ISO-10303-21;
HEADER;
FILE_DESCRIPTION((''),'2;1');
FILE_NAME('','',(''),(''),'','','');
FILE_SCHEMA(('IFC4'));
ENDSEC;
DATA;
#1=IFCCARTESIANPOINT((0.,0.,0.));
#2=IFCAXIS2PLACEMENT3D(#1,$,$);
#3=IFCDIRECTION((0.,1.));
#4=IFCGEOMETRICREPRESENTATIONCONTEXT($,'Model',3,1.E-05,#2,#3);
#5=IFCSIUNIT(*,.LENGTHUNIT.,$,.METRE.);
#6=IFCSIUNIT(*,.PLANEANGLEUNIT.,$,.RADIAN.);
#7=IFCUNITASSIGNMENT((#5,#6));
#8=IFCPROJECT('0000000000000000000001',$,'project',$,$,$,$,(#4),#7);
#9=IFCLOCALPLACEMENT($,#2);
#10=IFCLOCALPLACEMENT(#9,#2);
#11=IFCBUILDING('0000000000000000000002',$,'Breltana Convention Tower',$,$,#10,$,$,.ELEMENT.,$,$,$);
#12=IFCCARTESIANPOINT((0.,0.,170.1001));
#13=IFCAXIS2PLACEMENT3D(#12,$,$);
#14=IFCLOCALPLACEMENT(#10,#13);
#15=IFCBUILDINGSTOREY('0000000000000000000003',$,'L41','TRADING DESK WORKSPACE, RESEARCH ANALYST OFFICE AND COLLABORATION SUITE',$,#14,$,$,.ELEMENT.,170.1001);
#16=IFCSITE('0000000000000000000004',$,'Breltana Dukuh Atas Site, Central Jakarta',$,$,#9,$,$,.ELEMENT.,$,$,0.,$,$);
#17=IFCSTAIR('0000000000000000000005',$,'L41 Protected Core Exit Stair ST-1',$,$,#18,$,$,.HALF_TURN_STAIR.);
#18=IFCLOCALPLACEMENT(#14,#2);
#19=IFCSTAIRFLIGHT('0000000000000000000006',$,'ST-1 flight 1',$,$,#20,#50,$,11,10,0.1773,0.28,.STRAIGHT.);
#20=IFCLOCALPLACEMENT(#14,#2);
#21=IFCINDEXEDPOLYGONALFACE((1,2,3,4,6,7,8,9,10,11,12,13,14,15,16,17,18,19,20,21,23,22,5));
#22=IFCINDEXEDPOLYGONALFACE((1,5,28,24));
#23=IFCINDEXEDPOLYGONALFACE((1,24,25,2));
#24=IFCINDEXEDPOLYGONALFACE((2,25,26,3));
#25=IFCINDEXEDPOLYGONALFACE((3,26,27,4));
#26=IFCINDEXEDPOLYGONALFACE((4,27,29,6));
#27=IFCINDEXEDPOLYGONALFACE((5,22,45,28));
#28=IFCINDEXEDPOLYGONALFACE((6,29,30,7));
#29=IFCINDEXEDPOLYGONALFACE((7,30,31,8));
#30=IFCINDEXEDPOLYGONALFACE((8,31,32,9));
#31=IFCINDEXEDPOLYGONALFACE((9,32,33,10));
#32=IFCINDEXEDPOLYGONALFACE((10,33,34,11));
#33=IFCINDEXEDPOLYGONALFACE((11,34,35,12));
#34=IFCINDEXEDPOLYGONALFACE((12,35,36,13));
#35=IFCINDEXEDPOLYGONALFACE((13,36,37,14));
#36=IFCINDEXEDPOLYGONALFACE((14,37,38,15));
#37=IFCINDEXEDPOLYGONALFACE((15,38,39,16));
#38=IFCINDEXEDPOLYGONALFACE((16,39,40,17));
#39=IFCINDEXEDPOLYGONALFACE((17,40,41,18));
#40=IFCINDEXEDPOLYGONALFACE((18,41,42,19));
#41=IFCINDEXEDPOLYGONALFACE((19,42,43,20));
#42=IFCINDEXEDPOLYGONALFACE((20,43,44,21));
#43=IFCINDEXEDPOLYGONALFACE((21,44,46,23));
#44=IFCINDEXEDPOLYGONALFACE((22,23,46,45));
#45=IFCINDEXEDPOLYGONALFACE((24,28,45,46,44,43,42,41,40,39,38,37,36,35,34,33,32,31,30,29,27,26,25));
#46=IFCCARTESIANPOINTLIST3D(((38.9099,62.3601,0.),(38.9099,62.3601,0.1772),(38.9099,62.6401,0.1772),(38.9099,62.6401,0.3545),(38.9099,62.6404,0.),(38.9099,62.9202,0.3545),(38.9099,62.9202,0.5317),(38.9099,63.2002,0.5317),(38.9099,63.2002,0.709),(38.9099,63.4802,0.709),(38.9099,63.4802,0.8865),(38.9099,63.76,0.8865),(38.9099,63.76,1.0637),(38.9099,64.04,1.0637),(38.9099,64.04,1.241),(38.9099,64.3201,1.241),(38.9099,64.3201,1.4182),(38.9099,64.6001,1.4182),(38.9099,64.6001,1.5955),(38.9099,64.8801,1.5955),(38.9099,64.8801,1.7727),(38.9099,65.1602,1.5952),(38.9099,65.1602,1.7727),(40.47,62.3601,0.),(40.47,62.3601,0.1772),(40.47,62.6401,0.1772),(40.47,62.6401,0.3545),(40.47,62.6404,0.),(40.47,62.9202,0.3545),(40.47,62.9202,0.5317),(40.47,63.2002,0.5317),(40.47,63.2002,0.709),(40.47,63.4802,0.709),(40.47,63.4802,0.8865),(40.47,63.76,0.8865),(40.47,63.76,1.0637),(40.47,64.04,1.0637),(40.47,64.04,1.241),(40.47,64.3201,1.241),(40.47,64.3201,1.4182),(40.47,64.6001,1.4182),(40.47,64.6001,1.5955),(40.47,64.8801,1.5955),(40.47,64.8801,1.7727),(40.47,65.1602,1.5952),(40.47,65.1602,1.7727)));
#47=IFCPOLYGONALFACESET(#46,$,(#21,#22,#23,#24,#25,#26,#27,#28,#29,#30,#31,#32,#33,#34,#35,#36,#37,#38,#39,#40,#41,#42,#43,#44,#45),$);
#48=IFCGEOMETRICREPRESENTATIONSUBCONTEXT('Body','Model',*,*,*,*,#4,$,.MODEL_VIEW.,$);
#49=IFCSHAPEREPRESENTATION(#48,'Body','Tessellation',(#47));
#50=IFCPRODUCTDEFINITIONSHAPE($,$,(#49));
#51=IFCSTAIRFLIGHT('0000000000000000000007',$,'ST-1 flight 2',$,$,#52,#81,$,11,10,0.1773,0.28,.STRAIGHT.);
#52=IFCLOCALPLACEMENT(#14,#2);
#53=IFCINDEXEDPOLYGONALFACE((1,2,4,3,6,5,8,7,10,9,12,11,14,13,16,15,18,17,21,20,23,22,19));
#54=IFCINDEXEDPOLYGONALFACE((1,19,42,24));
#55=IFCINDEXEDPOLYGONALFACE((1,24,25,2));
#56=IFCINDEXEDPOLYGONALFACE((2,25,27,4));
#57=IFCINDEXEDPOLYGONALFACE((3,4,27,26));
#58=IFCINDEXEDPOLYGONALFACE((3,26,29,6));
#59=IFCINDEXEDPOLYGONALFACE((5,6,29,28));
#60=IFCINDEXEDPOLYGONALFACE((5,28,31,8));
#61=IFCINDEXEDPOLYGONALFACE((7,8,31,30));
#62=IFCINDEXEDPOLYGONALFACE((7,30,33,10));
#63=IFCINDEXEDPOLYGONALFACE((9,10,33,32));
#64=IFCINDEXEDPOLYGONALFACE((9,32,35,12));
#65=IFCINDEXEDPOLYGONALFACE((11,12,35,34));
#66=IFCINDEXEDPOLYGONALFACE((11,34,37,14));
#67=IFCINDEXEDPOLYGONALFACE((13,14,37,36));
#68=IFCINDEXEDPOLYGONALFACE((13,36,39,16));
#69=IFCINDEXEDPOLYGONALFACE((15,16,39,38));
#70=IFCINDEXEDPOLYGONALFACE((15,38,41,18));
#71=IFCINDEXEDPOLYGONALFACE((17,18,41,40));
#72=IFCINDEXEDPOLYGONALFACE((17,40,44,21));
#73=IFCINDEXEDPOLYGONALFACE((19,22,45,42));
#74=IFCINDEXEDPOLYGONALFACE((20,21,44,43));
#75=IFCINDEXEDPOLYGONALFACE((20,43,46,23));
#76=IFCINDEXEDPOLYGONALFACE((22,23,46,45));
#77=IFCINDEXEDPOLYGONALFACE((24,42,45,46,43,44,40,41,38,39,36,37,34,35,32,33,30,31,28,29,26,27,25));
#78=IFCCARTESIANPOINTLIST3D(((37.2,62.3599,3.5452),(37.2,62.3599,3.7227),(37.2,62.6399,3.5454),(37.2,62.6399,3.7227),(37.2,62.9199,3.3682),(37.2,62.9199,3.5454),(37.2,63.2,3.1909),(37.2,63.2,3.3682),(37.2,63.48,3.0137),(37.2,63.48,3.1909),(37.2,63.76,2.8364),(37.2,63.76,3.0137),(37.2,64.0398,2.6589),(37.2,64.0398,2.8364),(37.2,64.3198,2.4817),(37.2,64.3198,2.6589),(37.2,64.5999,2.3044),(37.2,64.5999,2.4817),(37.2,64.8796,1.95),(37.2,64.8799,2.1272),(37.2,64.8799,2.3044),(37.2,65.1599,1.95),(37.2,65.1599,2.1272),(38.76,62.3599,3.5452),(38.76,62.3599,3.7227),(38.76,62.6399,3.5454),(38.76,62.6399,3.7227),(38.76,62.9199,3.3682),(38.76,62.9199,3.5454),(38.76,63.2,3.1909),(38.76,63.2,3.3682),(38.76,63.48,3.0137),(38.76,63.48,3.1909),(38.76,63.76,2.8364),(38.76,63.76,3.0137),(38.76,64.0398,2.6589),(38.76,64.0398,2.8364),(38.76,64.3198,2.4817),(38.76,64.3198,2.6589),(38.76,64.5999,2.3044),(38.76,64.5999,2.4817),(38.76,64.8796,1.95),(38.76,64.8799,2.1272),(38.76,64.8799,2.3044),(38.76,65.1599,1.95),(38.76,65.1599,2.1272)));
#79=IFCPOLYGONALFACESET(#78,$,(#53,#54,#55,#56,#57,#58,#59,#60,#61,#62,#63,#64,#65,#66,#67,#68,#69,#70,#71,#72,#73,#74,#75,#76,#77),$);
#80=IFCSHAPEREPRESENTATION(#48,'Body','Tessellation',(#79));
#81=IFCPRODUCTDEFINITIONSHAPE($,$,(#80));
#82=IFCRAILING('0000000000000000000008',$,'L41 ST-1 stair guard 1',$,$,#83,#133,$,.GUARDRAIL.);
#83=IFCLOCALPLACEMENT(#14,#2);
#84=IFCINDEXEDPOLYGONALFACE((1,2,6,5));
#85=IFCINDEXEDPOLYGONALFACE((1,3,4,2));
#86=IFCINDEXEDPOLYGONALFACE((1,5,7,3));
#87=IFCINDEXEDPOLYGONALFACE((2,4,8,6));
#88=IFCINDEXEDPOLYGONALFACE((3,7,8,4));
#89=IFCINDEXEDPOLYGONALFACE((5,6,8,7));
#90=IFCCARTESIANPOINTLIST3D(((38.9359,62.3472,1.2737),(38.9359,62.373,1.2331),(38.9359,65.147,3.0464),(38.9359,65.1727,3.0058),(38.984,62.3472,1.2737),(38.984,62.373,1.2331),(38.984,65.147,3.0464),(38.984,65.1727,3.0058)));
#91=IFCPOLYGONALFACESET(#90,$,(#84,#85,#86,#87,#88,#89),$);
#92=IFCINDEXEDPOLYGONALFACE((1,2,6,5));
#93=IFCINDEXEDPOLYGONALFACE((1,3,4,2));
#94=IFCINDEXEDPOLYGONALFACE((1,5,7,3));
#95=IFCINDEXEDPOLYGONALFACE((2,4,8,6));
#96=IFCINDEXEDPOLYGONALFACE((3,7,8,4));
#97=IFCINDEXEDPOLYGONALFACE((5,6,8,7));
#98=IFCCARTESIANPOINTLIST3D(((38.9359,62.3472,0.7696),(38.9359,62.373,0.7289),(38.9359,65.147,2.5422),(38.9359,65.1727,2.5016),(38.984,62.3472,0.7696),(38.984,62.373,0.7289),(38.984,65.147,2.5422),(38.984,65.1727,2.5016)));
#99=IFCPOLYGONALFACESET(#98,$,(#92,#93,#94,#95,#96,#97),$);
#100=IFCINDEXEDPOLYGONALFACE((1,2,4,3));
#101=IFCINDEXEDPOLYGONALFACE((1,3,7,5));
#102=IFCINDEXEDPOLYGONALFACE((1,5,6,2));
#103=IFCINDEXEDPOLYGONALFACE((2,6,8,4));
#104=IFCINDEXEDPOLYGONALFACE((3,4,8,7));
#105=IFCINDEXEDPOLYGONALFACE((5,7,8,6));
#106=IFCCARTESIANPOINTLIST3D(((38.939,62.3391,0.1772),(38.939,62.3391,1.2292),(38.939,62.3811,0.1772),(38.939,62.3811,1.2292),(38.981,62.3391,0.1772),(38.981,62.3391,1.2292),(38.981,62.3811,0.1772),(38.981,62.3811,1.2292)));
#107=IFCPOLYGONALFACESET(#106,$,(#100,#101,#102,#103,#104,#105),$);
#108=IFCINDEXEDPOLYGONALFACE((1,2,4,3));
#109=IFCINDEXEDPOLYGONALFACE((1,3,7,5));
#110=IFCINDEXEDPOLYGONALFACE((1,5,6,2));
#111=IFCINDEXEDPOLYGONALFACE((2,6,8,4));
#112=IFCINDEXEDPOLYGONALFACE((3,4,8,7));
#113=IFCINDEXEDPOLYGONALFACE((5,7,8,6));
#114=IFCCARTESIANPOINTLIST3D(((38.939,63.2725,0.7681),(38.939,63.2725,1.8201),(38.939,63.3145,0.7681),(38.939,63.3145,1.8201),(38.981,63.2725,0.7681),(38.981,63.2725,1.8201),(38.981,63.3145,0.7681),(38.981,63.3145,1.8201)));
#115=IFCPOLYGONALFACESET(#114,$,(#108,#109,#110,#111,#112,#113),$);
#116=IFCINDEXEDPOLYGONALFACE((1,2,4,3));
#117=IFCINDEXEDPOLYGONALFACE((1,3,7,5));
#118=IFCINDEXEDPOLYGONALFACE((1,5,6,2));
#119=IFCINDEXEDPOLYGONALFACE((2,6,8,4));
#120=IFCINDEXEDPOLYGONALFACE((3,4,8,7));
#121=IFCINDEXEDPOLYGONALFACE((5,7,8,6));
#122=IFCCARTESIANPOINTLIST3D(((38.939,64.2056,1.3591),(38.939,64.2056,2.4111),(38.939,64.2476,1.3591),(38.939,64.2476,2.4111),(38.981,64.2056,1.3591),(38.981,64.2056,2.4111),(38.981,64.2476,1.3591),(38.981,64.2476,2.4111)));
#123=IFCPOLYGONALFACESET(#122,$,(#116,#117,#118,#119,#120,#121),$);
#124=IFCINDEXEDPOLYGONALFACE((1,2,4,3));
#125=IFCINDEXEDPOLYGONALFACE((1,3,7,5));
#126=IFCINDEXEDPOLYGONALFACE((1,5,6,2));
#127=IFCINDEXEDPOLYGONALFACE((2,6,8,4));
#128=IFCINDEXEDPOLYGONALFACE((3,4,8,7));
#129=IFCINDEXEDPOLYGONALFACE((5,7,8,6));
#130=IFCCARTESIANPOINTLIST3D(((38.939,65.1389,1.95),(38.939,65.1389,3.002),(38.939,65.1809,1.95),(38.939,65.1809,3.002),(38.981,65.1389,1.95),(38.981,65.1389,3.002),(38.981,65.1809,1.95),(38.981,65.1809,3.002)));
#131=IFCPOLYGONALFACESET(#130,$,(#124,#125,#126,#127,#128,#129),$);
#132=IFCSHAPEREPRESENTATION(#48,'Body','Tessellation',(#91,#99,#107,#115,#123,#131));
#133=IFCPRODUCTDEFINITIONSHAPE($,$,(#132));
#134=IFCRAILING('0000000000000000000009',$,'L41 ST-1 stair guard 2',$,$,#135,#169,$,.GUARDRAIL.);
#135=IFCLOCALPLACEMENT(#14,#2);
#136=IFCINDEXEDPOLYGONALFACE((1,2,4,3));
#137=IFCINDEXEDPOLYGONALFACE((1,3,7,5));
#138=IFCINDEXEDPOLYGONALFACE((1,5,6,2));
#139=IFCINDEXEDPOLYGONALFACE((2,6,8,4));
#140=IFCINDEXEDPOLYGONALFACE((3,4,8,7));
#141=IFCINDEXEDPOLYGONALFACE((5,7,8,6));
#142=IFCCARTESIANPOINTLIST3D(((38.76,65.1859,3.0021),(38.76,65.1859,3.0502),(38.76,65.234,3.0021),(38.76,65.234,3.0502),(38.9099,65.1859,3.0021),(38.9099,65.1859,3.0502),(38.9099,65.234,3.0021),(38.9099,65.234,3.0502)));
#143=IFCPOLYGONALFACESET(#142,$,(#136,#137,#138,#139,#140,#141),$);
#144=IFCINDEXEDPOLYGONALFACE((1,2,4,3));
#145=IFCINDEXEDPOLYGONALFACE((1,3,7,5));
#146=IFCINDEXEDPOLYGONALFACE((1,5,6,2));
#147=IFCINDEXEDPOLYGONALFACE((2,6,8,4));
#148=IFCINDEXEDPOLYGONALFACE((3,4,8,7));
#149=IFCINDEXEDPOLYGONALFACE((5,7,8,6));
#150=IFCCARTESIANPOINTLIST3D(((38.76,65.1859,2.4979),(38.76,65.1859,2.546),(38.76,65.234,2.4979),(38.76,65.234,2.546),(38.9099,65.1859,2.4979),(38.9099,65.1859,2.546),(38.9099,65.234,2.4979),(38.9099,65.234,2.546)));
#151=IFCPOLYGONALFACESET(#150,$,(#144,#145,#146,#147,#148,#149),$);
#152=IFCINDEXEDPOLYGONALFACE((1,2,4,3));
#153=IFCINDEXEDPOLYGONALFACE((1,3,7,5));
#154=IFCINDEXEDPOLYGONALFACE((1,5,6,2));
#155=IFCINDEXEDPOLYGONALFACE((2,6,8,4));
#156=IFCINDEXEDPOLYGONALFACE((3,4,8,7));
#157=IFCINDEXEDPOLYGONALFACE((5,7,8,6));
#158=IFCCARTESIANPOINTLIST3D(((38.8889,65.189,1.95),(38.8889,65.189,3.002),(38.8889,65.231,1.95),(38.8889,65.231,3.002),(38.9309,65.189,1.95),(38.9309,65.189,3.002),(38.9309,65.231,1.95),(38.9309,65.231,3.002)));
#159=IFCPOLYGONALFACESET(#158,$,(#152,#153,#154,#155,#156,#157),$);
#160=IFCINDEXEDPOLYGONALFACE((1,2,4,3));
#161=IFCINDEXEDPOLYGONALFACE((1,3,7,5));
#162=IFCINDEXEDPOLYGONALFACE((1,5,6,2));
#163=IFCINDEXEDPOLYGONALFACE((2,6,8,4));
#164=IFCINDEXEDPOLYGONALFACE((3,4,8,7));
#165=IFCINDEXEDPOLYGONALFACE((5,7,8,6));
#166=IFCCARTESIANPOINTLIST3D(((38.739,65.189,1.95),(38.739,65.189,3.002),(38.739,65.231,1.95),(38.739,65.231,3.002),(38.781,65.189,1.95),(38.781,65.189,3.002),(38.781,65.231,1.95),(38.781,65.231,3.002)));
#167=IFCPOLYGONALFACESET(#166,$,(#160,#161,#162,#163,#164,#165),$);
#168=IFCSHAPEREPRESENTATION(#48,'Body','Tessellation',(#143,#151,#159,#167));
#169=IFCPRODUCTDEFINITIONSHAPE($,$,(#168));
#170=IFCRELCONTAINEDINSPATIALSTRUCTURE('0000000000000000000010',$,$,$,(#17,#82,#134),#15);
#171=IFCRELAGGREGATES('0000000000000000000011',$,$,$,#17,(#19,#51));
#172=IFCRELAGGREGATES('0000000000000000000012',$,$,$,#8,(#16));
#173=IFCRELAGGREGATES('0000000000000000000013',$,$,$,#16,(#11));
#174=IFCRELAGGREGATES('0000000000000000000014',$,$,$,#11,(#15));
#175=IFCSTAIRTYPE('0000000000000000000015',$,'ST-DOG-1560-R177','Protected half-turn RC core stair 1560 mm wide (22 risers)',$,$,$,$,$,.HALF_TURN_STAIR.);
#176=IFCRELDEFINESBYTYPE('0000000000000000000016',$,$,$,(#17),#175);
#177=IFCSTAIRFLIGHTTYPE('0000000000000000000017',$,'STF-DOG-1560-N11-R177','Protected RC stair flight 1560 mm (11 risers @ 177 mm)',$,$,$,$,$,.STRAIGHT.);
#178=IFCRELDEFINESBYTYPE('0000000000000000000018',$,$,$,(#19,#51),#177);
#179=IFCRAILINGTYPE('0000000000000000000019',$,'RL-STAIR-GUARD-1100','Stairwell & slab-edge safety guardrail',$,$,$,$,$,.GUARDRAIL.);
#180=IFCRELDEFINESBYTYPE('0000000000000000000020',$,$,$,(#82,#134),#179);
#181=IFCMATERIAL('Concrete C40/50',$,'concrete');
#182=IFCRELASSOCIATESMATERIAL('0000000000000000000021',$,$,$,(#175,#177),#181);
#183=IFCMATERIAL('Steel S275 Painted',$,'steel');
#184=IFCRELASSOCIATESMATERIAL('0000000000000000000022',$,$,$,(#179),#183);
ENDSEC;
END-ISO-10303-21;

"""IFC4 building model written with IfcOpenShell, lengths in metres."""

from ifc_helpers import new_model, si_unit, direction, frame, origin, origin_2d, place, context, subcontext, project, spatial, polyline, rectangle, outline, extrude, material, type_object, element, aggregate, save


model = new_model("IFC4")

# Units and contexts
model_context = context("Model", 3, precision=1e-05, world=origin(), true_north=direction((0.0, 1.0)))
body_context = subcontext(model_context, "Body", "Model", "MODEL_VIEW")
ifc_project = project(units=[si_unit("LENGTHUNIT", "METRE"), si_unit("PLANEANGLEUNIT", "RADIAN")], contexts=[model_context])

# Site, building, storey
site_placement = place(None, origin())
site = spatial("IfcSite", under=ifc_project, at=site_placement, Name="Breltana Dukuh Atas Site, Central Jakarta", CompositionType="ELEMENT", RefElevation=0.0)
building_placement = place(site_placement, origin())
building = spatial("IfcBuilding", under=site, at=building_placement, Name="Breltana Convention Tower", CompositionType="ELEMENT")
storey_placement = place(building_placement, frame((0.0, 0.0, 170.1001)))
storey = spatial("IfcBuildingStorey", under=building, at=storey_placement, Name="L41", Description="TRADING DESK WORKSPACE, RESEARCH ANALYST OFFICE AND COLLABORATION SUITE", CompositionType="ELEMENT", Elevation=170.1001)

# Stair, stair flights
ifc_material_1 = material(Name="Concrete C40/50", Category="concrete")
stair_type = type_object("IfcStairType", Name="ST-DOG-1560-R177", Description="Protected half-turn RC core stair 1560 mm wide (22 risers)", PredefinedType="HALF_TURN_STAIR", material=ifc_material_1)
stair_placement = place(storey_placement, origin())
stair = element("IfcStair", 1, at=stair_placement, inside=storey, type_object=stair_type, Name="L41 Protected Core Exit Stair ST-1", PredefinedType="HALF_TURN_STAIR")
stair_flight_type = type_object("IfcStairFlightType", Name="STF-DOG-1560-N11-R177", Description="Protected RC stair flight 1560 mm (11 risers @ 177 mm)", PredefinedType="STRAIGHT", material=ifc_material_1)
stair_flight_1_placement = place(storey_placement, frame((39.6899, 62.3601, 0.0), z_axis=(0.0, 0.0, 1.0), x_axis=(0.0, 1.0, 0.0)))
stair_flight_1 = element("IfcStairFlight", 2, at=stair_flight_1_placement, type_object=stair_flight_type, Name="ST-1 flight 1", NumberOfRisers=11, NumberOfTreads=10, PredefinedType="STRAIGHT", RiserHeight=0.1773, TreadLength=0.28, context=body_context, shape_type="SweptSolid", body=[
    extrude(outline(polyline([(0.0, 0.0), (0.0, 0.1772), (0.28, 0.1772), (0.28, 0.3545), (0.5601, 0.3545), (0.5601, 0.5317), (0.8401, 0.5317), (0.8401, 0.709), (1.1201, 0.709), (1.1201, 0.8865), (1.3999, 0.8865), (1.3999, 1.0637), (1.6799, 1.0637), (1.6799, 1.241), (1.96, 1.241), (1.96, 1.4182), (2.24, 1.4182), (2.24, 1.5955), (2.52, 1.5955), (2.52, 1.7727), (2.8, 1.7727), (2.8, 1.95), (2.8, 1.5952), (0.2803, 0.0), (0.0, 0.0)])), frame((0.0, 0.78, 0.0), z_axis=(0.0, -1.0, 0.0), x_axis=(1.0, 0.0, 0.0)), (0.0, 0.0, 1.0), 1.5601),
])
stair_flight_2_placement = place(storey_placement, frame((37.98, 65.1599, 1.95), z_axis=(0.0, 0.0, 1.0), x_axis=(0.0, -1.0, 0.0)))
stair_flight_2 = element("IfcStairFlight", 3, at=stair_flight_2_placement, type_object=stair_flight_type, Name="ST-1 flight 2", NumberOfRisers=11, NumberOfTreads=10, PredefinedType="STRAIGHT", RiserHeight=0.1773, TreadLength=0.28, context=body_context, shape_type="SweptSolid", body=[
    extrude(outline(polyline([(0.0, 0.0), (0.0, 0.1772), (0.28, 0.1772), (0.28, 0.3545), (0.5601, 0.3545), (0.5601, 0.5317), (0.8401, 0.5317), (0.8401, 0.709), (1.1201, 0.709), (1.1201, 0.8865), (1.3999, 0.8865), (1.3999, 1.0637), (1.6799, 1.0637), (1.6799, 1.241), (1.96, 1.241), (1.96, 1.4182), (2.24, 1.4182), (2.24, 1.5955), (2.52, 1.5955), (2.52, 1.7727), (2.8, 1.7727), (2.8, 1.95), (2.8, 1.5952), (0.2803, 0.0), (0.0, 0.0)])), frame((0.0, 0.78, 0.0), z_axis=(0.0, -1.0, 0.0), x_axis=(1.0, 0.0, 0.0)), (0.0, 0.0, 1.0), 1.5601),
])
aggregate(stair, [stair_flight_1, stair_flight_2])

# Railings
ifc_material_2 = material(Name="Steel S275 Painted", Category="steel")
railing_type_1 = type_object("IfcRailingType", Name="RL-STAIR-GUARD-1100", Description="Stairwell & slab-edge safety guardrail", PredefinedType="GUARDRAIL", material=ifc_material_2)
railing_1_placement = place(storey_placement, frame((38.96, 62.3601, 0.1772)))
element("IfcRailing", 4, at=railing_1_placement, inside=storey, type_object=railing_type_1, Name="L41 ST-1 stair guard 1", PredefinedType="GUARDRAIL", context=body_context, shape_type="SweptSolid", body=[
    extrude(rectangle(XDim=0.0481, YDim=0.0481, at=origin_2d()), frame((0.0, 0.0, 1.0762), z_axis=(0.0, 0.844888, 0.534943), x_axis=(-1.0, 0.0, 0.0)), (0.0, 0.0, 1.0), 3.3137),
    extrude(rectangle(XDim=0.0481, YDim=0.0481, at=origin_2d()), frame((0.0, 0.0, 0.572), z_axis=(0.0, 0.844888, 0.534943), x_axis=(-1.0, 0.0, 0.0)), (0.0, 0.0, 1.0), 3.3137),
    extrude(rectangle(XDim=0.042, YDim=0.042, at=origin_2d()), origin(), (0.0, 0.0, 1.0), 1.052),
    extrude(rectangle(XDim=0.042, YDim=0.042, at=origin_2d()), frame((0.0, 0.9333, 0.5908)), (0.0, 0.0, 1.0), 1.052),
    extrude(rectangle(XDim=0.042, YDim=0.042, at=origin_2d()), frame((0.0, 1.8665, 1.1819)), (0.0, 0.0, 1.0), 1.052),
    extrude(rectangle(XDim=0.042, YDim=0.042, at=origin_2d()), frame((0.0, 2.7998, 1.7727)), (0.0, 0.0, 1.0), 1.052),
])
railing_2_placement = place(storey_placement, frame((38.9099, 65.21, 1.95)))
element("IfcRailing", 5, at=railing_2_placement, inside=storey, type_object=railing_type_1, Name="L41 ST-1 stair guard 2", PredefinedType="GUARDRAIL", context=body_context, shape_type="SweptSolid", body=[
    extrude(rectangle(XDim=0.0481, YDim=0.0481, at=origin_2d()), frame((0.0, 0.0, 1.0762), z_axis=(-1.0, 0.0, 0.0), x_axis=(0.0, -1.0, 0.0)), (0.0, 0.0, 1.0), 0.1499),
    extrude(rectangle(XDim=0.0481, YDim=0.0481, at=origin_2d()), frame((0.0, 0.0, 0.572), z_axis=(-1.0, 0.0, 0.0), x_axis=(0.0, -1.0, 0.0)), (0.0, 0.0, 1.0), 0.1499),
    extrude(rectangle(XDim=0.042, YDim=0.042, at=origin_2d()), origin(), (0.0, 0.0, 1.0), 1.052),
    extrude(rectangle(XDim=0.042, YDim=0.042, at=origin_2d()), frame((-0.1499, 0.0, 0.0)), (0.0, 0.0, 1.0), 1.052),
])

save(model, "model.ifc")
